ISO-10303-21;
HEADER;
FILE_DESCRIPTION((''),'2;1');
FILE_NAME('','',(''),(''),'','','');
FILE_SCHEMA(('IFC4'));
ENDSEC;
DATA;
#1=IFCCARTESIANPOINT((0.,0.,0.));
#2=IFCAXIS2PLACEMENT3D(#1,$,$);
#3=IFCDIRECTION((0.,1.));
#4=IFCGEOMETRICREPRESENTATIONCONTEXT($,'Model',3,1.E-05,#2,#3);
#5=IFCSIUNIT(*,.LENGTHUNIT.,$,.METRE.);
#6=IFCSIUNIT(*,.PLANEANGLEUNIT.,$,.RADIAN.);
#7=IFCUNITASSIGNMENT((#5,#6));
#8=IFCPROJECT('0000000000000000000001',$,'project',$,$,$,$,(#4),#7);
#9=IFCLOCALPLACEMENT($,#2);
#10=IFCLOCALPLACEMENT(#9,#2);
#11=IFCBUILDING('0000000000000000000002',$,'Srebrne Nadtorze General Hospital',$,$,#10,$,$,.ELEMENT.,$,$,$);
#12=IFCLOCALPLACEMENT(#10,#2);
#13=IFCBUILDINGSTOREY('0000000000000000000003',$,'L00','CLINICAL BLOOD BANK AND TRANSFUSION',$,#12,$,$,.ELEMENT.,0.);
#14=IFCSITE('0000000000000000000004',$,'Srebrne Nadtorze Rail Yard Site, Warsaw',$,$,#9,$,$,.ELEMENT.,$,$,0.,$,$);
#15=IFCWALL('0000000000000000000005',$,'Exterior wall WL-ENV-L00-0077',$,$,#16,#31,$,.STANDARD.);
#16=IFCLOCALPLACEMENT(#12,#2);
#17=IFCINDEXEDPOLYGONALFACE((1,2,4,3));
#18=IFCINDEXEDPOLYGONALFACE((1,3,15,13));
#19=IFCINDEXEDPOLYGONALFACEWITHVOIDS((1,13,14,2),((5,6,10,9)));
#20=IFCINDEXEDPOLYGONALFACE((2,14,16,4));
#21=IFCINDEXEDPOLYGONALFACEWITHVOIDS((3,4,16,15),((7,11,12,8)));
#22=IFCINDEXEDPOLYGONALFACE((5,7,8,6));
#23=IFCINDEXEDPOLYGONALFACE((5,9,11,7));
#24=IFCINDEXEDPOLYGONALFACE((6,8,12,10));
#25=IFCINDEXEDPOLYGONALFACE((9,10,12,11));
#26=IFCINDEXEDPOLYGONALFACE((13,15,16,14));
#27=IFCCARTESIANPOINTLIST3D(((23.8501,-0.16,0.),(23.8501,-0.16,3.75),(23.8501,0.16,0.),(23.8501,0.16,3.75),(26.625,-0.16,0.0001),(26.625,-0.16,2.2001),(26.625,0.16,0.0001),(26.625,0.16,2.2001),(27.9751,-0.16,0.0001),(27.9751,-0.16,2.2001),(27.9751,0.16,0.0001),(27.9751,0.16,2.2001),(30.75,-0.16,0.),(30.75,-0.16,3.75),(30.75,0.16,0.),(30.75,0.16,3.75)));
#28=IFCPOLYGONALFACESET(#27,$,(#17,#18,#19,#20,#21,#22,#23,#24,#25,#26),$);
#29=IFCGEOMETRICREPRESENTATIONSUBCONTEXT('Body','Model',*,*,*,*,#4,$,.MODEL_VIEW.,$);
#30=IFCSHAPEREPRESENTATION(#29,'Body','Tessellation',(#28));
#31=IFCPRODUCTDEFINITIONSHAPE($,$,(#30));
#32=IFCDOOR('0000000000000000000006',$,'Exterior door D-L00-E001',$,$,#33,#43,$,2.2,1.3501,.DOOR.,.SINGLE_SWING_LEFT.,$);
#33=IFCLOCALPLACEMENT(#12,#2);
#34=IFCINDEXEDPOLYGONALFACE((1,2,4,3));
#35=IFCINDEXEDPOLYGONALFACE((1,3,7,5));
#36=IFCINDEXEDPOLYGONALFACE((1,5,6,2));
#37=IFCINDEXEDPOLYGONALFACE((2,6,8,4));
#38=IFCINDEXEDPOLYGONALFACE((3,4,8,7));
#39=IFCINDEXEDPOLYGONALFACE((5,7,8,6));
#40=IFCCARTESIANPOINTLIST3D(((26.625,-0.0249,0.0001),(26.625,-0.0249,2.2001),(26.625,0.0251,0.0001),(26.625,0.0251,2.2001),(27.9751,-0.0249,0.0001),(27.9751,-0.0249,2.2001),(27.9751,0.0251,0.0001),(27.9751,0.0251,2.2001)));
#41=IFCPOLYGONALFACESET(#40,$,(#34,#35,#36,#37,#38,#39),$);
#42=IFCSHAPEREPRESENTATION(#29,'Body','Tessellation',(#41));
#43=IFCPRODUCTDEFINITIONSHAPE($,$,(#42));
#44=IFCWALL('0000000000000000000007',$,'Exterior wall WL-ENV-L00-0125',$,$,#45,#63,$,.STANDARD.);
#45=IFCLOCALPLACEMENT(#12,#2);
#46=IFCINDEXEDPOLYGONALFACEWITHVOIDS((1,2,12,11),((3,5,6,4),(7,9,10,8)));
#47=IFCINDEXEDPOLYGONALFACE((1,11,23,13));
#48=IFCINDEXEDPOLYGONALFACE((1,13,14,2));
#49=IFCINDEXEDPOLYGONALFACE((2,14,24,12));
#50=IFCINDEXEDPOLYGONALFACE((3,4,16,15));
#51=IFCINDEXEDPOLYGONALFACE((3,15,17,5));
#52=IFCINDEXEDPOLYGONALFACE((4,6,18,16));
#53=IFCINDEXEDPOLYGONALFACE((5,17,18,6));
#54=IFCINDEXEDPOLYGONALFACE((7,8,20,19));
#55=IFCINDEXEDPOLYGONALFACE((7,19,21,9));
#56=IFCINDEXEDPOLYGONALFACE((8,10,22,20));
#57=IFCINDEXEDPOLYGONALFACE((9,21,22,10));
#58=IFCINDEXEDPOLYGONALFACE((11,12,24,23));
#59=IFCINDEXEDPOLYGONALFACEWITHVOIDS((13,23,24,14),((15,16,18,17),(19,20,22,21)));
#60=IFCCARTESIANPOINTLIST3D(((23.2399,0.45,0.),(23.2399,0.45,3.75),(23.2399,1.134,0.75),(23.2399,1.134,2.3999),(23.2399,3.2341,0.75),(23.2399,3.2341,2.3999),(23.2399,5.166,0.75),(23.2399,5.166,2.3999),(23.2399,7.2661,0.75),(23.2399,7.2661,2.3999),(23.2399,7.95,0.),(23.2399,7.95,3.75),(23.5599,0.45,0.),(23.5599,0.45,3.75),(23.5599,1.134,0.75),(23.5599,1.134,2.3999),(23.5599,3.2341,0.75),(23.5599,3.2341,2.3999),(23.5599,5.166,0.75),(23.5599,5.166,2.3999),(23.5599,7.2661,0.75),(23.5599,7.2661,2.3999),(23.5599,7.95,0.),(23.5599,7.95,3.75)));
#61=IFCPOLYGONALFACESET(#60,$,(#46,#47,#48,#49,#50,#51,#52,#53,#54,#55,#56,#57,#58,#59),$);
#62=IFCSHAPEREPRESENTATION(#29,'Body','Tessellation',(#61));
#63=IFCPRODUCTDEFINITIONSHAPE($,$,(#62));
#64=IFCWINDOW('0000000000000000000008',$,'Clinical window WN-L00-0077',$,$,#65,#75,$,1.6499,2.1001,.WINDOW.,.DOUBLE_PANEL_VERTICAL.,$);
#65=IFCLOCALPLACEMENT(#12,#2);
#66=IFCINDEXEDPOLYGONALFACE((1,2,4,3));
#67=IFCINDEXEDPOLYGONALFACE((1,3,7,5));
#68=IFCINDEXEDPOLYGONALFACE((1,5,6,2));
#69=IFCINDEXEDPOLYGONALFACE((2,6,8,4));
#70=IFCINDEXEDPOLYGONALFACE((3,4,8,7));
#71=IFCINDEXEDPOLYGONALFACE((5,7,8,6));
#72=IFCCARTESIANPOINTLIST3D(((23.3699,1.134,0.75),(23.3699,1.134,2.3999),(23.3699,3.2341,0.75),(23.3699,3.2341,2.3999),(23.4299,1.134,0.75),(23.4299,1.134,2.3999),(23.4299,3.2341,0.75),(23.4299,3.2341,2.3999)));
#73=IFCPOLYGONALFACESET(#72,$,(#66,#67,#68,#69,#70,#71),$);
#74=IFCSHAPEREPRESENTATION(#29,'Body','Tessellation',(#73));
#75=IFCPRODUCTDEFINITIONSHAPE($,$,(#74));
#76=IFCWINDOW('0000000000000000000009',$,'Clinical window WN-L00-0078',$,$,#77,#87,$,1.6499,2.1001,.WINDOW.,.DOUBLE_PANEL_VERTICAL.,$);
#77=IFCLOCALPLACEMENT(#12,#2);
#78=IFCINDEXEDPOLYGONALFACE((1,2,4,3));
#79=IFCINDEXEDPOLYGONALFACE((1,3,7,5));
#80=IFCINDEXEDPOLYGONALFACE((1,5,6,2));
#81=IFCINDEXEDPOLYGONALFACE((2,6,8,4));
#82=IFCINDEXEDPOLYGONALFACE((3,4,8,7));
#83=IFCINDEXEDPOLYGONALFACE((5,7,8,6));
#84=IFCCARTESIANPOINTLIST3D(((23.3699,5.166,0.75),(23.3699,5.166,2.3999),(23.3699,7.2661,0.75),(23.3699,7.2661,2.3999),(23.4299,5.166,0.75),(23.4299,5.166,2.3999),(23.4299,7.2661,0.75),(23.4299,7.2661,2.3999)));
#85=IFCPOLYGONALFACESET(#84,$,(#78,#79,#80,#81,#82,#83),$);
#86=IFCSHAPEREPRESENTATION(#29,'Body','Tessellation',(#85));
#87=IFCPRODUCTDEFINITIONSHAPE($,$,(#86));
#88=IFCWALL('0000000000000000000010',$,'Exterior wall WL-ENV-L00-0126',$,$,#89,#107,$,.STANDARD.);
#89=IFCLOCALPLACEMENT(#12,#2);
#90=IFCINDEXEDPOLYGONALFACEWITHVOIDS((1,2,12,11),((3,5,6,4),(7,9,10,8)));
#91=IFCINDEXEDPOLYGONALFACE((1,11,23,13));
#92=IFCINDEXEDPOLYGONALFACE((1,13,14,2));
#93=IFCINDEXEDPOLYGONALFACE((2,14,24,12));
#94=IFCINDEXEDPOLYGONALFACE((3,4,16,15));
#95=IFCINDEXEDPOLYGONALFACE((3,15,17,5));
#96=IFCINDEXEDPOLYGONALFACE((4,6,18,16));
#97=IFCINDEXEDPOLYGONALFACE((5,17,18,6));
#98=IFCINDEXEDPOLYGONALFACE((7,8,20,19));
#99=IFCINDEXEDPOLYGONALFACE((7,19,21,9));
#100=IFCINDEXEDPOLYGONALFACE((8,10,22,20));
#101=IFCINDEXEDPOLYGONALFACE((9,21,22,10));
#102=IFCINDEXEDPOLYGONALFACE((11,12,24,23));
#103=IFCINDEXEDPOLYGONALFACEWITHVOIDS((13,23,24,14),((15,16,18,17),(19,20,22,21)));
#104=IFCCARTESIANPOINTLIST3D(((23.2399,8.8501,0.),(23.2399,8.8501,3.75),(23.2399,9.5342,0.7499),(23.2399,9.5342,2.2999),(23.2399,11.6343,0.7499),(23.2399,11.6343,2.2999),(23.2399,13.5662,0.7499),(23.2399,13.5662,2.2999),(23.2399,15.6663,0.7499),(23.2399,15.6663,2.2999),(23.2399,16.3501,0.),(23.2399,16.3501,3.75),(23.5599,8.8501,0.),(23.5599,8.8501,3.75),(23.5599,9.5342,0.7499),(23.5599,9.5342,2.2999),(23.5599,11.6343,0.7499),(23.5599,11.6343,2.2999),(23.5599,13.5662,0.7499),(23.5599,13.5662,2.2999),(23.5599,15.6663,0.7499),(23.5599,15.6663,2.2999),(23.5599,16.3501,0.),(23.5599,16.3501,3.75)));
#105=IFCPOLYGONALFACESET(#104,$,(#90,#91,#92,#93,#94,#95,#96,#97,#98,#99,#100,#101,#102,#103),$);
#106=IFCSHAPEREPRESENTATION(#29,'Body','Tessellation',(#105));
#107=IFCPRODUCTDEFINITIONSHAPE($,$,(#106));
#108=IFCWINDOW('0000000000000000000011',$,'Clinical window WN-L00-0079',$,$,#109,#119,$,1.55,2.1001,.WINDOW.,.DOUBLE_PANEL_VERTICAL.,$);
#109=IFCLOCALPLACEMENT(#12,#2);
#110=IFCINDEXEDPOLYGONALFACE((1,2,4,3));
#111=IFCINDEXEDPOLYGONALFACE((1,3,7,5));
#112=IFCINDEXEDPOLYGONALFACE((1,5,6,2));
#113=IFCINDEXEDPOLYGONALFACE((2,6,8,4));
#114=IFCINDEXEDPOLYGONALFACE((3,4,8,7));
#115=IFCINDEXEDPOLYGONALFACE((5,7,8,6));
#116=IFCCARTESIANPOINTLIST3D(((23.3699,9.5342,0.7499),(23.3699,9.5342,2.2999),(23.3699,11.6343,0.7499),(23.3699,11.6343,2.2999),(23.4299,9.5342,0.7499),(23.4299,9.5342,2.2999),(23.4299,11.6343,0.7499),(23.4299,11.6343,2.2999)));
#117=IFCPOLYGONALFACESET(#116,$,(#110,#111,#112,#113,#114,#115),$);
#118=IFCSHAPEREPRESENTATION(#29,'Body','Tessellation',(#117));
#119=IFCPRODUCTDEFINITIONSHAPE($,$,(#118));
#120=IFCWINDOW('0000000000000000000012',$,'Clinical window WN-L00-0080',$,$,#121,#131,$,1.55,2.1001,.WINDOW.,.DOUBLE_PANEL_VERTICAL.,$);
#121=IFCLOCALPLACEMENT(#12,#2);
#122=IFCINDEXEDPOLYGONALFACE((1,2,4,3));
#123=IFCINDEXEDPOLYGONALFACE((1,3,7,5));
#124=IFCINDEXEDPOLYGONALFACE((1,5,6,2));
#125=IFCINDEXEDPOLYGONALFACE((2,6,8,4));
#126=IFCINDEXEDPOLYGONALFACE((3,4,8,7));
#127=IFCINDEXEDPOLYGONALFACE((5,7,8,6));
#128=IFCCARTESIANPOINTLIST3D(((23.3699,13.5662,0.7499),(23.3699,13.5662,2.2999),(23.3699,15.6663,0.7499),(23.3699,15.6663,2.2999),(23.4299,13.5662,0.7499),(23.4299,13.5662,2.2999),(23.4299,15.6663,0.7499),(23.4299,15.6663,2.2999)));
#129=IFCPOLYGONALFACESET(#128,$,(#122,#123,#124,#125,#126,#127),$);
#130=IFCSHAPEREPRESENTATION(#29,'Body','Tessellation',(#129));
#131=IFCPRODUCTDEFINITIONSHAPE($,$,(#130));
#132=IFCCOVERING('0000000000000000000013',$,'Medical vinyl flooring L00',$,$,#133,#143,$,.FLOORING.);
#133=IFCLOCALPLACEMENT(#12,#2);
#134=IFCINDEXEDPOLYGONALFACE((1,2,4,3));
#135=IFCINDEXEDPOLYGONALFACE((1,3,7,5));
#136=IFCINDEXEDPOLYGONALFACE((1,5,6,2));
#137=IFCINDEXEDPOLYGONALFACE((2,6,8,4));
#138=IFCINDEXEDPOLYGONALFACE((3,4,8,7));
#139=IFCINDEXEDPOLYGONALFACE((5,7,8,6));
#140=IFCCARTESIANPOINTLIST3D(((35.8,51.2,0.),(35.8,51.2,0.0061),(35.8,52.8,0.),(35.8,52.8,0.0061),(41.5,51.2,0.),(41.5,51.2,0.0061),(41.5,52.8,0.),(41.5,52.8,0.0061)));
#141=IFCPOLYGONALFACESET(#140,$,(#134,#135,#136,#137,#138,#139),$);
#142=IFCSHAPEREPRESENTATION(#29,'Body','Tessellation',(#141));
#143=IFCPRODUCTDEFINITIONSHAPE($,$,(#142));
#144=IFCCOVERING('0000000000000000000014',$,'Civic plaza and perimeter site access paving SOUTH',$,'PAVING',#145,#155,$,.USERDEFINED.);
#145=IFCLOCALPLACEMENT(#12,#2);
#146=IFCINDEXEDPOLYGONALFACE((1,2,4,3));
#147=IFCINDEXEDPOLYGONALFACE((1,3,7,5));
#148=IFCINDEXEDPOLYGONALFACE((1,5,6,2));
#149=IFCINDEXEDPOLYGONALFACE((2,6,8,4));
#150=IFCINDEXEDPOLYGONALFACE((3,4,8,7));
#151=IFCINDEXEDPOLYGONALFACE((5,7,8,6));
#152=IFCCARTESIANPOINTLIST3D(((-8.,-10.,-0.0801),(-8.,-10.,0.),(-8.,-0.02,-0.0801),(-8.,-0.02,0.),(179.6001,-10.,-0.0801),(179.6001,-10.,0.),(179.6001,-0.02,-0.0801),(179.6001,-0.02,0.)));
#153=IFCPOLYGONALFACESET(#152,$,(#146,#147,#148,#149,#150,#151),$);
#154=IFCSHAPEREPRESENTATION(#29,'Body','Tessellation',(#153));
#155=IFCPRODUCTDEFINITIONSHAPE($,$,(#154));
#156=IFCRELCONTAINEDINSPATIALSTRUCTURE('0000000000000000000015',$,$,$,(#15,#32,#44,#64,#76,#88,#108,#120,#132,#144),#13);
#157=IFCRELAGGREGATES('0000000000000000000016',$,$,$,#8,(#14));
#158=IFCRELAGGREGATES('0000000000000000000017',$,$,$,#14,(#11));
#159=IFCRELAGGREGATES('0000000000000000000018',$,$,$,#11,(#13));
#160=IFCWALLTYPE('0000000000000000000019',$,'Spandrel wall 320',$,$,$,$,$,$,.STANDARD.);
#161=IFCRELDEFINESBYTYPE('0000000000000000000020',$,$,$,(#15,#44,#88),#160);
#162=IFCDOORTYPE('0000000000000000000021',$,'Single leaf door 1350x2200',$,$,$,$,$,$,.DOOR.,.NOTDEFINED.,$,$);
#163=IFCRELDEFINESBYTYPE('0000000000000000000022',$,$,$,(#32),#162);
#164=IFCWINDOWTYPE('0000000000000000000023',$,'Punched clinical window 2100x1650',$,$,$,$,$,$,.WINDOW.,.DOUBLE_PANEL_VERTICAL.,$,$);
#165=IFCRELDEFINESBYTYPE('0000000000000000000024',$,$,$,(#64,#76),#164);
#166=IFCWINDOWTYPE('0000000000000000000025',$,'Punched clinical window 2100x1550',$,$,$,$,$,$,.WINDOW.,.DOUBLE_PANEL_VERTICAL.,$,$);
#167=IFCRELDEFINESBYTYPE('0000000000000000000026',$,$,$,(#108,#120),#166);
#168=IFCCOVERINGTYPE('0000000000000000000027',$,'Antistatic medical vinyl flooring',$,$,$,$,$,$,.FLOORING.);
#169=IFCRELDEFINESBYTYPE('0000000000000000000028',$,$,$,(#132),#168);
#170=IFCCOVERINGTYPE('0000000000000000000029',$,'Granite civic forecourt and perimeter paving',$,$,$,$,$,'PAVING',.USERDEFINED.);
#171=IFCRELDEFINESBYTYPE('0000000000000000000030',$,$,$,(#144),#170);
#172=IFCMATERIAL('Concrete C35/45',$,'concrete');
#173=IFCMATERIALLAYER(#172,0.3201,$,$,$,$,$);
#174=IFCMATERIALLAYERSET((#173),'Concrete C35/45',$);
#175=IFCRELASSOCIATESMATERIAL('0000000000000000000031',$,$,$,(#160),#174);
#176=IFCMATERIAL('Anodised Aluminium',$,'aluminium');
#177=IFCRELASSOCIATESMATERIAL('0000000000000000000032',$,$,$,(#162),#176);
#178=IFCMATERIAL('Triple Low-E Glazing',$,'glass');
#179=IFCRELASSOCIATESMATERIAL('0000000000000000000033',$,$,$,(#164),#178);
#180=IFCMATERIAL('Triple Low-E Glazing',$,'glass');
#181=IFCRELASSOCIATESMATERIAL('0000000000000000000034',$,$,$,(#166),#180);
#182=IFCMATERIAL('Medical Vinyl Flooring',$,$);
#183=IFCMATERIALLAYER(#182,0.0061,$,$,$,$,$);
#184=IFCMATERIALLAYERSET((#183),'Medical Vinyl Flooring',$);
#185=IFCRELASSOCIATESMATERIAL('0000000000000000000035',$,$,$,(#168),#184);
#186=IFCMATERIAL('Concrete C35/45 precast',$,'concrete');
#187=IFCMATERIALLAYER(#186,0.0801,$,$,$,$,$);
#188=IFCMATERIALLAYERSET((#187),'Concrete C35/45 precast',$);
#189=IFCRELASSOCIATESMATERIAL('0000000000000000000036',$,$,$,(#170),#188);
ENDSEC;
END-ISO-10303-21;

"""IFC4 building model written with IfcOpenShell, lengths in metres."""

from ifc_helpers import new_model, si_unit, direction, frame, frame_2d, origin, place, context, subcontext, project, spatial, polyline, rectangle, outline, extrude, material, layer, layer_set, type_object, element, fill, save


model = new_model("IFC4")

# Units and contexts
model_context = context("Model", 3, precision=1e-05, world=origin(), true_north=direction((0.0, 1.0)))
body_context = subcontext(model_context, "Body", "Model", "MODEL_VIEW")
ifc_project = project(units=[si_unit("LENGTHUNIT", "METRE"), si_unit("PLANEANGLEUNIT", "RADIAN")], contexts=[model_context])

# Site, building, storey
site_placement = place(None, origin())
site = spatial("IfcSite", under=ifc_project, at=site_placement, Name="Srebrne Nadtorze Rail Yard Site, Warsaw", CompositionType="ELEMENT", RefElevation=0.0)
building_placement = place(site_placement, origin())
building = spatial("IfcBuilding", under=site, at=building_placement, Name="Srebrne Nadtorze General Hospital", CompositionType="ELEMENT")
storey_placement = place(building_placement, origin())
storey = spatial("IfcBuildingStorey", under=building, at=storey_placement, Name="L00", Description="CLINICAL BLOOD BANK AND TRANSFUSION", CompositionType="ELEMENT", Elevation=0.0)

# Wall, opening, door
ifc_material_1 = material(Name="Concrete C35/45", Category="concrete")
ifc_layer_1 = layer(ifc_material_1, 0.3201)
ifc_layer_set_1 = layer_set([ifc_layer_1], Name="Concrete C35/45")
wall_type_1 = type_object("IfcWallType", Name="Spandrel wall 320", PredefinedType="STANDARD", material=ifc_layer_set_1)
wall_1_placement = place(storey_placement, frame((23.8501, 0.0, 0.0), z_axis=(0.0, 0.0, 1.0), x_axis=(1.0, 0.0, 0.0)))
wall_1 = element("IfcWall", 1, at=wall_1_placement, inside=storey, type_object=wall_type_1, Name="Exterior wall WL-ENV-L00-0077", PredefinedType="STANDARD", context=body_context, shape_type="SweptSolid", body=[
    extrude(rectangle(XDim=6.8999, YDim=0.3201, at=frame_2d((3.45, 0.0))), origin(), (0.0, 0.0, 1.0), 3.75),
])
opening_1_placement = place(wall_1_placement, frame((2.7749, 0.0, 0.0)))
opening_1 = element("IfcOpeningElement", 2, at=opening_1_placement, cuts=wall_1, PredefinedType="OPENING", context=body_context, shape_type="SweptSolid", body=[
    extrude(rectangle(XDim=1.3501, YDim=2.2, at=frame_2d((0.675, 1.1001))), frame((0.0, 0.1719, 0.0), z_axis=(0.0, -1.0, 0.0), x_axis=(1.0, 0.0, 0.0)), (0.0, 0.0, 1.0), 0.344),
])
ifc_material_2 = material(Name="Anodised Aluminium", Category="aluminium")
door_type_1 = type_object("IfcDoorType", Name="Single leaf door 1350x2200", OperationType="NOTDEFINED", PredefinedType="DOOR", material=ifc_material_2)
door_1_placement = place(opening_1_placement, frame((1.3501, 0.0, 0.0), z_axis=(0.0, 0.0, 1.0), x_axis=(-1.0, 0.0, 0.0)))
door_1 = element("IfcDoor", 3, at=door_1_placement, inside=storey, type_object=door_type_1, Name="Exterior door D-L00-E001", OperationType="SINGLE_SWING_LEFT", OverallHeight=2.2, OverallWidth=1.3501, PredefinedType="DOOR", context=body_context, shape_type="SweptSolid", body=[
    extrude(rectangle(XDim=1.3501, YDim=2.2, at=frame_2d((0.675, 1.1001))), frame((0.0, 0.0249, 0.0), z_axis=(0.0, -1.0, 0.0), x_axis=(1.0, 0.0, 0.0)), (0.0, 0.0, 1.0), 0.05),
])
fill(opening_1, door_1)

# Walls, openings, windows
wall_2_placement = place(storey_placement, frame((23.3999, 0.45, 0.0), z_axis=(0.0, 0.0, 1.0), x_axis=(0.0, 1.0, 0.0)))
wall_2 = element("IfcWall", 4, at=wall_2_placement, inside=storey, type_object=wall_type_1, Name="Exterior wall WL-ENV-L00-0125", PredefinedType="STANDARD", context=body_context, shape_type="SweptSolid", body=[
    extrude(rectangle(XDim=7.5, YDim=0.3201, at=frame_2d((3.75, 0.0))), origin(), (0.0, 0.0, 1.0), 3.75),
])
opening_2_placement = place(wall_2_placement, frame((0.6841, 0.0, 0.75)))
opening_2 = element("IfcOpeningElement", 5, at=opening_2_placement, cuts=wall_2, PredefinedType="OPENING", context=body_context, shape_type="SweptSolid", body=[
    extrude(rectangle(XDim=2.1001, YDim=1.6499, at=frame_2d((1.05, 0.825))), frame((0.0, 0.1719, 0.0), z_axis=(0.0, -1.0, 0.0), x_axis=(1.0, 0.0, 0.0)), (0.0, 0.0, 1.0), 0.344),
])
opening_3_placement = place(wall_2_placement, frame((4.7161, 0.0, 0.75)))
opening_3 = element("IfcOpeningElement", 6, at=opening_3_placement, cuts=wall_2, PredefinedType="OPENING", context=body_context, shape_type="SweptSolid", body=[
    extrude(rectangle(XDim=2.1001, YDim=1.6499, at=frame_2d((1.05, 0.825))), frame((0.0, 0.1719, 0.0), z_axis=(0.0, -1.0, 0.0), x_axis=(1.0, 0.0, 0.0)), (0.0, 0.0, 1.0), 0.344),
])
ifc_material_3 = material(Name="Triple Low-E Glazing", Category="glass")
window_type_1 = type_object("IfcWindowType", Name="Punched clinical window 2100x1650", PartitioningType="DOUBLE_PANEL_VERTICAL", PredefinedType="WINDOW", material=ifc_material_3)
window_1_placement = place(opening_2_placement, origin())
window_1 = element("IfcWindow", 7, at=window_1_placement, inside=storey, type_object=window_type_1, Name="Clinical window WN-L00-0077", OverallHeight=1.6499, OverallWidth=2.1001, PartitioningType="DOUBLE_PANEL_VERTICAL", PredefinedType="WINDOW", context=body_context, shape_type="SweptSolid", body=[
    extrude(rectangle(XDim=2.1001, YDim=1.6499, at=frame_2d((1.05, 0.825))), frame((0.0, 0.03, 0.0), z_axis=(0.0, -1.0, 0.0), x_axis=(1.0, 0.0, 0.0)), (0.0, 0.0, 1.0), 0.0601),
])
fill(opening_2, window_1)
window_2_placement = place(opening_3_placement, origin())
window_2 = element("IfcWindow", 8, at=window_2_placement, inside=storey, type_object=window_type_1, Name="Clinical window WN-L00-0078", OverallHeight=1.6499, OverallWidth=2.1001, PartitioningType="DOUBLE_PANEL_VERTICAL", PredefinedType="WINDOW", context=body_context, shape_type="SweptSolid", body=[
    extrude(rectangle(XDim=2.1001, YDim=1.6499, at=frame_2d((1.05, 0.825))), frame((0.0, 0.03, 0.0), z_axis=(0.0, -1.0, 0.0), x_axis=(1.0, 0.0, 0.0)), (0.0, 0.0, 1.0), 0.0601),
])
fill(opening_3, window_2)
wall_3_placement = place(storey_placement, frame((23.3999, 8.8501, 0.0), z_axis=(0.0, 0.0, 1.0), x_axis=(0.0, 1.0, 0.0)))
wall_3 = element("IfcWall", 9, at=wall_3_placement, inside=storey, type_object=wall_type_1, Name="Exterior wall WL-ENV-L00-0126", PredefinedType="STANDARD", context=body_context, shape_type="SweptSolid", body=[
    extrude(rectangle(XDim=7.5, YDim=0.3201, at=frame_2d((3.75, 0.0))), origin(), (0.0, 0.0, 1.0), 3.75),
])
opening_4_placement = place(wall_3_placement, frame((0.6841, 0.0, 0.75)))
opening_4 = element("IfcOpeningElement", 10, at=opening_4_placement, cuts=wall_3, PredefinedType="OPENING", context=body_context, shape_type="SweptSolid", body=[
    extrude(rectangle(XDim=2.1001, YDim=1.55, at=frame_2d((1.05, 0.7749))), frame((0.0, 0.1719, 0.0), z_axis=(0.0, -1.0, 0.0), x_axis=(1.0, 0.0, 0.0)), (0.0, 0.0, 1.0), 0.344),
])
opening_5_placement = place(wall_3_placement, frame((4.7161, 0.0, 0.75)))
opening_5 = element("IfcOpeningElement", 11, at=opening_5_placement, cuts=wall_3, PredefinedType="OPENING", context=body_context, shape_type="SweptSolid", body=[
    extrude(rectangle(XDim=2.1001, YDim=1.55, at=frame_2d((1.05, 0.7749))), frame((0.0, 0.1719, 0.0), z_axis=(0.0, -1.0, 0.0), x_axis=(1.0, 0.0, 0.0)), (0.0, 0.0, 1.0), 0.344),
])
ifc_material_4 = material(Name="Triple Low-E Glazing", Category="glass")
window_type_2 = type_object("IfcWindowType", Name="Punched clinical window 2100x1550", PartitioningType="DOUBLE_PANEL_VERTICAL", PredefinedType="WINDOW", material=ifc_material_4)
window_3_placement = place(opening_4_placement, origin())
window_3 = element("IfcWindow", 12, at=window_3_placement, inside=storey, type_object=window_type_2, Name="Clinical window WN-L00-0079", OverallHeight=1.55, OverallWidth=2.1001, PartitioningType="DOUBLE_PANEL_VERTICAL", PredefinedType="WINDOW", context=body_context, shape_type="SweptSolid", body=[
    extrude(rectangle(XDim=2.1001, YDim=1.55, at=frame_2d((1.05, 0.7749))), frame((0.0, 0.03, 0.0), z_axis=(0.0, -1.0, 0.0), x_axis=(1.0, 0.0, 0.0)), (0.0, 0.0, 1.0), 0.0601),
])
fill(opening_4, window_3)
window_4_placement = place(opening_5_placement, origin())
window_4 = element("IfcWindow", 13, at=window_4_placement, inside=storey, type_object=window_type_2, Name="Clinical window WN-L00-0080", OverallHeight=1.55, OverallWidth=2.1001, PartitioningType="DOUBLE_PANEL_VERTICAL", PredefinedType="WINDOW", context=body_context, shape_type="SweptSolid", body=[
    extrude(rectangle(XDim=2.1001, YDim=1.55, at=frame_2d((1.05, 0.7749))), frame((0.0, 0.03, 0.0), z_axis=(0.0, -1.0, 0.0), x_axis=(1.0, 0.0, 0.0)), (0.0, 0.0, 1.0), 0.0601),
])
fill(opening_5, window_4)

# Coverings
ifc_material_5 = material(Name="Medical Vinyl Flooring")
ifc_layer_2 = layer(ifc_material_5, 0.0061)
ifc_layer_set_2 = layer_set([ifc_layer_2], Name="Medical Vinyl Flooring")
covering_type_1 = type_object("IfcCoveringType", Name="Antistatic medical vinyl flooring", PredefinedType="FLOORING", material=ifc_layer_set_2)
covering_1_placement = place(storey_placement, origin())
element("IfcCovering", 14, at=covering_1_placement, inside=storey, type_object=covering_type_1, Name="Medical vinyl flooring L00", PredefinedType="FLOORING", context=body_context, shape_type="SweptSolid", body=[
    extrude(outline(polyline([(35.8, 51.2), (41.5, 51.2), (41.5, 52.8), (35.8, 52.8), (35.8, 51.2)])), origin(), (0.0, 0.0, 1.0), 0.0061),
])
ifc_material_6 = material(Name="Concrete C35/45 precast", Category="concrete")
ifc_layer_3 = layer(ifc_material_6, 0.0801)
ifc_layer_set_3 = layer_set([ifc_layer_3], Name="Concrete C35/45 precast")
covering_type_2 = type_object("IfcCoveringType", Name="Granite civic forecourt and perimeter paving", ElementType="PAVING", PredefinedType="USERDEFINED", material=ifc_layer_set_3)
covering_2_placement = place(storey_placement, frame((0.0, 0.0, -0.0801)))
element("IfcCovering", 15, at=covering_2_placement, inside=storey, type_object=covering_type_2, Name="Civic plaza and perimeter site access paving SOUTH", ObjectType="PAVING", PredefinedType="USERDEFINED", context=body_context, shape_type="SweptSolid", body=[
    extrude(outline(polyline([(-8.0, -10.0), (179.6001, -10.0), (179.6001, -0.02), (-8.0, -0.02), (-8.0, -10.0)])), origin(), (0.0, 0.0, 1.0), 0.0801),
])

save(model, "model.ifc")
